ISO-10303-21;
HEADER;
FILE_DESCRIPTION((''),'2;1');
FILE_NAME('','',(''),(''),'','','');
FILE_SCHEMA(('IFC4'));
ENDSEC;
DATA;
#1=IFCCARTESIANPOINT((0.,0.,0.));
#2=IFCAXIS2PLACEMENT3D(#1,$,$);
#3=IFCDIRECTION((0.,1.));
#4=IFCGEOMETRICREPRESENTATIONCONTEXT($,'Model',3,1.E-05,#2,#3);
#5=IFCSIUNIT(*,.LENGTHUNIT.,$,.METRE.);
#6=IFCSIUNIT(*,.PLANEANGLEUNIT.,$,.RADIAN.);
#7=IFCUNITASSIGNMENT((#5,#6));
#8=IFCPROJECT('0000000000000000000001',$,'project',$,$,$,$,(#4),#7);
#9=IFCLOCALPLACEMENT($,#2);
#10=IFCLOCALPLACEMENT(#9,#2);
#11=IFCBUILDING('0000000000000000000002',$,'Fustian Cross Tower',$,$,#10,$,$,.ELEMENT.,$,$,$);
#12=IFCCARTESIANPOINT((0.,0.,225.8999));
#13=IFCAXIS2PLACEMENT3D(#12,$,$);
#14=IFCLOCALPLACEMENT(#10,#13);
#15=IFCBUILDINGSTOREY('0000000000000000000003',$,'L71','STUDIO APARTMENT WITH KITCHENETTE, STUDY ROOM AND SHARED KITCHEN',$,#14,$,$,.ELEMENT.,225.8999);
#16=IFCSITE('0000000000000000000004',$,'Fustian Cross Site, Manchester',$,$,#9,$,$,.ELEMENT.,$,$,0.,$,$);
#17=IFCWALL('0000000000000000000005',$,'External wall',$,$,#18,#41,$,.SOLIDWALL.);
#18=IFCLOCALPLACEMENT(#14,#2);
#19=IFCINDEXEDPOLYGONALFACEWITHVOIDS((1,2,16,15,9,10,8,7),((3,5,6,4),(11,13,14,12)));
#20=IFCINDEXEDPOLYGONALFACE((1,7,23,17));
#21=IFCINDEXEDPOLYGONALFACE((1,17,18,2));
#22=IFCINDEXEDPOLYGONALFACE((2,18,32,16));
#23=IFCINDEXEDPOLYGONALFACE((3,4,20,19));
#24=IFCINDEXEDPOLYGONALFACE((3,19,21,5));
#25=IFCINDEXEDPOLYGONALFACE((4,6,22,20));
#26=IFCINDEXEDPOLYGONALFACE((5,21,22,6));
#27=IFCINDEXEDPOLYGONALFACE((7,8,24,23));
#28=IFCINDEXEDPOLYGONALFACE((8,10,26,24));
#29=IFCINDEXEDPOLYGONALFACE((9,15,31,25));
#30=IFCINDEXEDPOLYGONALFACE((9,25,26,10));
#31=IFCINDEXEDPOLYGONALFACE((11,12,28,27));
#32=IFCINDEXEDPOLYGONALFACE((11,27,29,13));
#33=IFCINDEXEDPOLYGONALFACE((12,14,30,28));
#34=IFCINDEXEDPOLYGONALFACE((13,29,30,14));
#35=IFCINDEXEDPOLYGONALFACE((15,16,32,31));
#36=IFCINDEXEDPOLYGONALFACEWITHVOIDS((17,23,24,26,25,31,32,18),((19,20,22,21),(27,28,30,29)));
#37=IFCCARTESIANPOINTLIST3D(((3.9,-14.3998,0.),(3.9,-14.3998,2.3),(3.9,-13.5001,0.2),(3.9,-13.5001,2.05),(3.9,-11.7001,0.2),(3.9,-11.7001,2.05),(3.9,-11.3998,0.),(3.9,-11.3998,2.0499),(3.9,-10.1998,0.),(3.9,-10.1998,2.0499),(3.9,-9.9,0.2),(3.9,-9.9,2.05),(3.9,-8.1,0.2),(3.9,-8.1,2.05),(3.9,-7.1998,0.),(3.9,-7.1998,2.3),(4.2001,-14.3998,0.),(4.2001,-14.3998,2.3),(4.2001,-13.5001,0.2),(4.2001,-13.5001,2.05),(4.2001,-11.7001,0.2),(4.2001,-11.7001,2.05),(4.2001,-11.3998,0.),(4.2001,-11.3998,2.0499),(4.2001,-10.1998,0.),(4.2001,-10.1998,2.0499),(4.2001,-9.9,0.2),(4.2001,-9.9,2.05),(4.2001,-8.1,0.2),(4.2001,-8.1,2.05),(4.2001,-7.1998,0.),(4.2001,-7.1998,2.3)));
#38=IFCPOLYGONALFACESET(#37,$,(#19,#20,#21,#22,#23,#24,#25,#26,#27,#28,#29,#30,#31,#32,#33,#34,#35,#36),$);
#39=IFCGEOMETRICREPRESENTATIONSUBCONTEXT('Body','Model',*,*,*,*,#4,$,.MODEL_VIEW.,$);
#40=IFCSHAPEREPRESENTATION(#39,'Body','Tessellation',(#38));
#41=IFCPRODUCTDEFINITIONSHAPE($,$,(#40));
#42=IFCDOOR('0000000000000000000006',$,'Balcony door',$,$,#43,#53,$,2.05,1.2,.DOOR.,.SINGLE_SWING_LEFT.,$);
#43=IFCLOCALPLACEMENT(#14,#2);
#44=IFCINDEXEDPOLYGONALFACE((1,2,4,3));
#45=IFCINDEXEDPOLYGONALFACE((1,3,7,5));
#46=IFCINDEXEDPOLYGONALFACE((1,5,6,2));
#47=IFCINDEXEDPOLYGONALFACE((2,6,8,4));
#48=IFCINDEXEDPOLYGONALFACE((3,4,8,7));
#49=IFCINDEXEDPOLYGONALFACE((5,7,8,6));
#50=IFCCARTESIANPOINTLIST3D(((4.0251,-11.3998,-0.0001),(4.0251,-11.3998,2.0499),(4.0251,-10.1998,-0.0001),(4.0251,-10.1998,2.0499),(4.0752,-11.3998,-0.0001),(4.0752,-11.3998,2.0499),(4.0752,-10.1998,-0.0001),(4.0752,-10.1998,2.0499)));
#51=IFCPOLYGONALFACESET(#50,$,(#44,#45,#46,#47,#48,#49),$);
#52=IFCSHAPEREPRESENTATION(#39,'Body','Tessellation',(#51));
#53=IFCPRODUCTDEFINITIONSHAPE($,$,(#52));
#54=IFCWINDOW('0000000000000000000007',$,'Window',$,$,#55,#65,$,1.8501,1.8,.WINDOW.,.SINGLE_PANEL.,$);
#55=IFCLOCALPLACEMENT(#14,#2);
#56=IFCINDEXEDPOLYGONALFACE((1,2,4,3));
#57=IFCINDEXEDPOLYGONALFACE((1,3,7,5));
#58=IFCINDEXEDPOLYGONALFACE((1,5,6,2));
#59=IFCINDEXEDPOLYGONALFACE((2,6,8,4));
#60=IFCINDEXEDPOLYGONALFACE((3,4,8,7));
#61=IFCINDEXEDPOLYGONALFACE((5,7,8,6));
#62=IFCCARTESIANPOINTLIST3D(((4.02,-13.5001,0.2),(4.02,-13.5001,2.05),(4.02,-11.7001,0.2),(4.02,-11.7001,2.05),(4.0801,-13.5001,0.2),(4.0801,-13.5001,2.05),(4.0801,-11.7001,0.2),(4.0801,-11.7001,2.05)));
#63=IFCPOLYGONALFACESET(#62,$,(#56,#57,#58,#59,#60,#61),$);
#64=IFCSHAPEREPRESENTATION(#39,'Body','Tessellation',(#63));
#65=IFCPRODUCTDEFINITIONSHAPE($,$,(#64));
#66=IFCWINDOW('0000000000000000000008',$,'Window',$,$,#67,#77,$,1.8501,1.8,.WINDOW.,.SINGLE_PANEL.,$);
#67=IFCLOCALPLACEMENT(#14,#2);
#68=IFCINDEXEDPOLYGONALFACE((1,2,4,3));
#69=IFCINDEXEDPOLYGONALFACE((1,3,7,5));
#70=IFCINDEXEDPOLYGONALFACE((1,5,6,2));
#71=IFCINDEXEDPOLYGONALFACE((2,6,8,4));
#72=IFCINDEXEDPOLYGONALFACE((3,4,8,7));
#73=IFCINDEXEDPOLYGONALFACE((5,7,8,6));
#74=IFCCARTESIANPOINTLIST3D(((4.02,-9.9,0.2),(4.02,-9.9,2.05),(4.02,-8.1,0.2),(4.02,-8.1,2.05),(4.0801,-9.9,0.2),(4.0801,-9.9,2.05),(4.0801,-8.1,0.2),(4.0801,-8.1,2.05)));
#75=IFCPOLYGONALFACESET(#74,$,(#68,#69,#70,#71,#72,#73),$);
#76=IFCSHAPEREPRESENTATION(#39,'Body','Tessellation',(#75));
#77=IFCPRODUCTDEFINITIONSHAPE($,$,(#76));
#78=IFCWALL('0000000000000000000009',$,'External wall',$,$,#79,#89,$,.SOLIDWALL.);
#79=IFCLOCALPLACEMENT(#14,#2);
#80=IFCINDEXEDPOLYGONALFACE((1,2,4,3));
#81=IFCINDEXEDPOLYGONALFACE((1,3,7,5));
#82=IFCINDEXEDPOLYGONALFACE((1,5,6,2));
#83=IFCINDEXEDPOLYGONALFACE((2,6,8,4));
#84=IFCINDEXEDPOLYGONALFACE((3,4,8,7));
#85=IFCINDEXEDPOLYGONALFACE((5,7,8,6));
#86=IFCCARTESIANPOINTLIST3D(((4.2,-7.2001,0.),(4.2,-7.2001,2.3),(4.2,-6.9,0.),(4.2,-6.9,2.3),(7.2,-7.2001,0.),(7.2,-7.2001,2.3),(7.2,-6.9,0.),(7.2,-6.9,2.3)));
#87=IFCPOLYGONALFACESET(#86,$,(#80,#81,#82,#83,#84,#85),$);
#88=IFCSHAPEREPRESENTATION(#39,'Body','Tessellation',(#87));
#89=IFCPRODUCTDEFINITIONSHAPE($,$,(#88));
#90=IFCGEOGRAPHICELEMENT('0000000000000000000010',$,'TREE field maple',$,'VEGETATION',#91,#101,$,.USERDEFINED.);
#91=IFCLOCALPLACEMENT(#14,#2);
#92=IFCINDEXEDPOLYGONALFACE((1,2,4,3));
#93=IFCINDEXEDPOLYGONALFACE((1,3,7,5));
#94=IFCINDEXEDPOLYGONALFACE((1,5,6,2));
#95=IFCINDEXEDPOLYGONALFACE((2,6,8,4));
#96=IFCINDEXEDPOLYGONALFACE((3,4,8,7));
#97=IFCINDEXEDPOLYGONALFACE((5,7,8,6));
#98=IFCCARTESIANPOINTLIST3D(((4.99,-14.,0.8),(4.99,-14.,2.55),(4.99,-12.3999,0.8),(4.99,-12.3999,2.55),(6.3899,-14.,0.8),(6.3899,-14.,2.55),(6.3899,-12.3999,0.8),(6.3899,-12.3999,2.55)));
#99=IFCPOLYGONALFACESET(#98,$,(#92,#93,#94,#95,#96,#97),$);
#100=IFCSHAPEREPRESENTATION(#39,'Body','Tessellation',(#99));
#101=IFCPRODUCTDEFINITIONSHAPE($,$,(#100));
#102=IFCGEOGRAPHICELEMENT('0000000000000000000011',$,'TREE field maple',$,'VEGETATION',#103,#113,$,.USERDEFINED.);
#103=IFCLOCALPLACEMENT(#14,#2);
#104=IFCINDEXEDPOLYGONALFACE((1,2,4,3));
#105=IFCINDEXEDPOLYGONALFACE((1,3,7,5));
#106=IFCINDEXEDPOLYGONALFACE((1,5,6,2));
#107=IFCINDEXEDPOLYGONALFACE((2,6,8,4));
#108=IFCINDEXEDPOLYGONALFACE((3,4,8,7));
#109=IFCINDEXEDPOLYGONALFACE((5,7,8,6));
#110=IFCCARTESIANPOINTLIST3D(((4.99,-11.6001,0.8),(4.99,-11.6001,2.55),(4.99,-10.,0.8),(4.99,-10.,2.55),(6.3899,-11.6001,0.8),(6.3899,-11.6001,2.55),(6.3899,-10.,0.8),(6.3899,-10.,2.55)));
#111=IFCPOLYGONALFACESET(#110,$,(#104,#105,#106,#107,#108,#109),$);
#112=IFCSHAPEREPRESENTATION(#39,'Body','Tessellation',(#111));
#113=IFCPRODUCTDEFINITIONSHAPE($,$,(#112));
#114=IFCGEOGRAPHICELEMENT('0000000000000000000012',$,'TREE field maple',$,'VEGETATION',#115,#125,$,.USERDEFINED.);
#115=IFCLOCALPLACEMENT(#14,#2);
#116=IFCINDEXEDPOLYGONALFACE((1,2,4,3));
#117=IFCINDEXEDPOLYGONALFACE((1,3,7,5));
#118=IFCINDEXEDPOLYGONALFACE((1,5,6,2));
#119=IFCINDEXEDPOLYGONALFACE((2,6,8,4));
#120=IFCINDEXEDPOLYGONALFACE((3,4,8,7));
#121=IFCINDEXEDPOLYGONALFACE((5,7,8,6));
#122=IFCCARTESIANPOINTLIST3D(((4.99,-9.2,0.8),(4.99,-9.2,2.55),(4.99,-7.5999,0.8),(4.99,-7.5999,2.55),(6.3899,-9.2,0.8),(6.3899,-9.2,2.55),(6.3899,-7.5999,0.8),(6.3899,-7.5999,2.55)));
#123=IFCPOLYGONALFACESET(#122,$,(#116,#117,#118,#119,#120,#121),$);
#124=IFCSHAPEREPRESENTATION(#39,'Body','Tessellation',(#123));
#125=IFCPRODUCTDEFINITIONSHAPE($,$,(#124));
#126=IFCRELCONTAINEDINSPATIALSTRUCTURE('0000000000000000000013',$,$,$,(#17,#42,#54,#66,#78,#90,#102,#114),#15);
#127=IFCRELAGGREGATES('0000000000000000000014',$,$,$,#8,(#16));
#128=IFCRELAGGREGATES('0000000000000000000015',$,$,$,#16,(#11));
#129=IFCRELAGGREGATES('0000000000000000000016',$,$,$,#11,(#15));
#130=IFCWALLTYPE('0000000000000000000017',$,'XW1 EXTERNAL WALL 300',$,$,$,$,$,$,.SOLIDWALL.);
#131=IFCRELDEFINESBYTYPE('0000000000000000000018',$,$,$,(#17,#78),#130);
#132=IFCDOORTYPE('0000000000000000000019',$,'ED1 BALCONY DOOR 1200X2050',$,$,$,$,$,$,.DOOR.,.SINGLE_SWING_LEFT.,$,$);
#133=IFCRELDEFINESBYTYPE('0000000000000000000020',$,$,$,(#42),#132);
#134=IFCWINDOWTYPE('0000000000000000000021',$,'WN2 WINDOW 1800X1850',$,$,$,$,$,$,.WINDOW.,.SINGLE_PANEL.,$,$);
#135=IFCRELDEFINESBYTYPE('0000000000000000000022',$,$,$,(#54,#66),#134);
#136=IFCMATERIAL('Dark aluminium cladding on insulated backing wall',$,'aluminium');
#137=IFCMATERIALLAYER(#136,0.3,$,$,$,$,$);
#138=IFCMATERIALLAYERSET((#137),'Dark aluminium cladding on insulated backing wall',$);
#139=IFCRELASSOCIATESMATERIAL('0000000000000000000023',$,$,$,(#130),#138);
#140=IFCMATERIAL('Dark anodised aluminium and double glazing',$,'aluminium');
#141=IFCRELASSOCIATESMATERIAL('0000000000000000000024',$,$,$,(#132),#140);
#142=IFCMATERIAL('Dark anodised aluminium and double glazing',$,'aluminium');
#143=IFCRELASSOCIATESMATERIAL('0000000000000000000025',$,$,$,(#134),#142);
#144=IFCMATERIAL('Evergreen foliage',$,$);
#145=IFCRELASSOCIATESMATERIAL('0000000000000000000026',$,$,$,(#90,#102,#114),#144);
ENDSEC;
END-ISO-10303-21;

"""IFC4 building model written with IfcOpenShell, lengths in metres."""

from ifc_helpers import new_model, si_unit, direction, frame, frame_2d, origin, origin_2d, place, context, subcontext, project, spatial, rectangle, extrude, material, layer, layer_set, type_object, element, fill, save


model = new_model("IFC4")

# Units and contexts
model_context = context("Model", 3, precision=1e-05, world=origin(), true_north=direction((0.0, 1.0)))
body_context = subcontext(model_context, "Body", "Model", "MODEL_VIEW")
ifc_project = project(units=[si_unit("LENGTHUNIT", "METRE"), si_unit("PLANEANGLEUNIT", "RADIAN")], contexts=[model_context])

# Site, building, storey
site_placement = place(None, origin())
site = spatial("IfcSite", under=ifc_project, at=site_placement, Name="Fustian Cross Site, Manchester", CompositionType="ELEMENT", RefElevation=0.0)
building_placement = place(site_placement, origin())
building = spatial("IfcBuilding", under=site, at=building_placement, Name="Fustian Cross Tower", CompositionType="ELEMENT")
storey_placement = place(building_placement, frame((0.0, 0.0, 225.8999)))
storey = spatial("IfcBuildingStorey", under=building, at=storey_placement, Name="L71", Description="STUDIO APARTMENT WITH KITCHENETTE, STUDY ROOM AND SHARED KITCHEN", CompositionType="ELEMENT", Elevation=225.8999)

# Shared definitions
ifc_material_1 = material(Name="Dark aluminium cladding on insulated backing wall", Category="aluminium")
ifc_layer_1 = layer(ifc_material_1, 0.3)
ifc_layer_set_1 = layer_set([ifc_layer_1], Name="Dark aluminium cladding on insulated backing wall")
wall_type_1 = type_object("IfcWallType", Name="XW1 EXTERNAL WALL 300", PredefinedType="SOLIDWALL", material=ifc_layer_set_1)

# Wall, openings, door, windows
wall_1_placement = place(storey_placement, frame((4.05, -14.3999, 0.0), z_axis=(0.0, 0.0, 1.0), x_axis=(0.0, 1.0, 0.0)))
wall_1 = element("IfcWall", 1, at=wall_1_placement, inside=storey, type_object=wall_type_1, Name="External wall", PredefinedType="SOLIDWALL", context=body_context, shape_type="SweptSolid", body=[
    extrude(rectangle(XDim=7.2, YDim=0.3, at=frame_2d((3.6001, 0.0))), origin(), (0.0, 0.0, 1.0), 2.3),
])
opening_1_placement = place(wall_1_placement, frame((3.0, 0.0, 0.0)))
opening_1 = element("IfcOpeningElement", 2, at=opening_1_placement, cuts=wall_1, PredefinedType="OPENING", context=body_context, shape_type="SweptSolid", body=[
    extrude(rectangle(XDim=1.2, YDim=2.05, at=frame_2d((0.6001, 1.0249))), frame((0.0, 0.1599, 0.0), z_axis=(0.0, -1.0, 0.0), x_axis=(1.0, 0.0, 0.0)), (0.0, 0.0, 1.0), 0.3201),
])
opening_2_placement = place(wall_1_placement, frame((0.8999, 0.0, 0.2)))
opening_2 = element("IfcOpeningElement", 3, at=opening_2_placement, cuts=wall_1, PredefinedType="OPENING", context=body_context, shape_type="SweptSolid", body=[
    extrude(rectangle(XDim=1.8, YDim=1.8501, at=frame_2d((0.8999, 0.925))), frame((0.0, 0.1599, 0.0), z_axis=(0.0, -1.0, 0.0), x_axis=(1.0, 0.0, 0.0)), (0.0, 0.0, 1.0), 0.3201),
])
opening_3_placement = place(wall_1_placement, frame((4.5, 0.0, 0.2)))
opening_3 = element("IfcOpeningElement", 4, at=opening_3_placement, cuts=wall_1, PredefinedType="OPENING", context=body_context, shape_type="SweptSolid", body=[
    extrude(rectangle(XDim=1.8, YDim=1.8501, at=frame_2d((0.8999, 0.925))), frame((0.0, 0.1599, 0.0), z_axis=(0.0, -1.0, 0.0), x_axis=(1.0, 0.0, 0.0)), (0.0, 0.0, 1.0), 0.3201),
])
ifc_material_2 = material(Name="Dark anodised aluminium and double glazing", Category="aluminium")
door_type_1 = type_object("IfcDoorType", Name="ED1 BALCONY DOOR 1200X2050", OperationType="SINGLE_SWING_LEFT", PredefinedType="DOOR", material=ifc_material_2)
door_1_placement = place(opening_1_placement, origin())
door_1 = element("IfcDoor", 5, at=door_1_placement, inside=storey, type_object=door_type_1, Name="Balcony door", OperationType="SINGLE_SWING_LEFT", OverallHeight=2.05, OverallWidth=1.2, PredefinedType="DOOR", context=body_context, shape_type="SweptSolid", body=[
    extrude(rectangle(XDim=1.2, YDim=2.05, at=frame_2d((0.6001, 1.0249))), frame((0.0, 0.0249, 0.0), z_axis=(0.0, -1.0, 0.0), x_axis=(1.0, 0.0, 0.0)), (0.0, 0.0, 1.0), 0.05),
])
fill(opening_1, door_1)
ifc_material_3 = material(Name="Dark anodised aluminium and double glazing", Category="aluminium")
window_type = type_object("IfcWindowType", Name="WN2 WINDOW 1800X1850", PartitioningType="SINGLE_PANEL", PredefinedType="WINDOW", material=ifc_material_3)
window_1_placement = place(opening_2_placement, origin())
window_1 = element("IfcWindow", 6, at=window_1_placement, inside=storey, type_object=window_type, Name="Window", OverallHeight=1.8501, OverallWidth=1.8, PartitioningType="SINGLE_PANEL", PredefinedType="WINDOW", context=body_context, shape_type="SweptSolid", body=[
    extrude(rectangle(XDim=1.8, YDim=1.8501, at=frame_2d((0.8999, 0.925))), frame((0.0, 0.03, 0.0), z_axis=(0.0, -1.0, 0.0), x_axis=(1.0, 0.0, 0.0)), (0.0, 0.0, 1.0), 0.0601),
])
fill(opening_2, window_1)
window_2_placement = place(opening_3_placement, origin())
window_2 = element("IfcWindow", 7, at=window_2_placement, inside=storey, type_object=window_type, Name="Window", OverallHeight=1.8501, OverallWidth=1.8, PartitioningType="SINGLE_PANEL", PredefinedType="WINDOW", context=body_context, shape_type="SweptSolid", body=[
    extrude(rectangle(XDim=1.8, YDim=1.8501, at=frame_2d((0.8999, 0.925))), frame((0.0, 0.03, 0.0), z_axis=(0.0, -1.0, 0.0), x_axis=(1.0, 0.0, 0.0)), (0.0, 0.0, 1.0), 0.0601),
])
fill(opening_3, window_2)

# Wall
wall_2_placement = place(storey_placement, frame((4.2, -7.05, 0.0), z_axis=(0.0, 0.0, 1.0), x_axis=(1.0, 0.0, 0.0)))
element("IfcWall", 8, at=wall_2_placement, inside=storey, type_object=wall_type_1, Name="External wall", PredefinedType="SOLIDWALL", context=body_context, shape_type="SweptSolid", body=[
    extrude(rectangle(XDim=3.0, YDim=0.3, at=frame_2d((1.5, 0.0))), origin(), (0.0, 0.0, 1.0), 2.3),
])

# Geographic elements
ifc_material_4 = material(Name="Evergreen foliage")
for number, where, z_axis, x_axis, name in (
    (9, (5.6899, -13.2, 0.8), (0.0, 0.0, 1.0), (1.0, 0.0, 0.0), "TREE field maple"),
    (10, (5.6899, -10.8, 0.8), (0.0, 0.0, 1.0), (1.0, 0.0, 0.0), "TREE field maple"),
    (11, (5.6899, -8.3999, 0.8), (0.0, 0.0, 1.0), (1.0, 0.0, 0.0), "TREE field maple"),
):
    element("IfcGeographicElement", number, at=place(storey_placement, frame(where, z_axis=z_axis, x_axis=x_axis)), inside=storey, material=ifc_material_4, Name=name, ObjectType="VEGETATION", PredefinedType="USERDEFINED", context=body_context, shape_type="SweptSolid", body=[
        extrude(rectangle(XDim=1.3999, YDim=1.6001, at=origin_2d()), origin(), (0.0, 0.0, 1.0), 1.75),
    ])

save(model, "model.ifc")
